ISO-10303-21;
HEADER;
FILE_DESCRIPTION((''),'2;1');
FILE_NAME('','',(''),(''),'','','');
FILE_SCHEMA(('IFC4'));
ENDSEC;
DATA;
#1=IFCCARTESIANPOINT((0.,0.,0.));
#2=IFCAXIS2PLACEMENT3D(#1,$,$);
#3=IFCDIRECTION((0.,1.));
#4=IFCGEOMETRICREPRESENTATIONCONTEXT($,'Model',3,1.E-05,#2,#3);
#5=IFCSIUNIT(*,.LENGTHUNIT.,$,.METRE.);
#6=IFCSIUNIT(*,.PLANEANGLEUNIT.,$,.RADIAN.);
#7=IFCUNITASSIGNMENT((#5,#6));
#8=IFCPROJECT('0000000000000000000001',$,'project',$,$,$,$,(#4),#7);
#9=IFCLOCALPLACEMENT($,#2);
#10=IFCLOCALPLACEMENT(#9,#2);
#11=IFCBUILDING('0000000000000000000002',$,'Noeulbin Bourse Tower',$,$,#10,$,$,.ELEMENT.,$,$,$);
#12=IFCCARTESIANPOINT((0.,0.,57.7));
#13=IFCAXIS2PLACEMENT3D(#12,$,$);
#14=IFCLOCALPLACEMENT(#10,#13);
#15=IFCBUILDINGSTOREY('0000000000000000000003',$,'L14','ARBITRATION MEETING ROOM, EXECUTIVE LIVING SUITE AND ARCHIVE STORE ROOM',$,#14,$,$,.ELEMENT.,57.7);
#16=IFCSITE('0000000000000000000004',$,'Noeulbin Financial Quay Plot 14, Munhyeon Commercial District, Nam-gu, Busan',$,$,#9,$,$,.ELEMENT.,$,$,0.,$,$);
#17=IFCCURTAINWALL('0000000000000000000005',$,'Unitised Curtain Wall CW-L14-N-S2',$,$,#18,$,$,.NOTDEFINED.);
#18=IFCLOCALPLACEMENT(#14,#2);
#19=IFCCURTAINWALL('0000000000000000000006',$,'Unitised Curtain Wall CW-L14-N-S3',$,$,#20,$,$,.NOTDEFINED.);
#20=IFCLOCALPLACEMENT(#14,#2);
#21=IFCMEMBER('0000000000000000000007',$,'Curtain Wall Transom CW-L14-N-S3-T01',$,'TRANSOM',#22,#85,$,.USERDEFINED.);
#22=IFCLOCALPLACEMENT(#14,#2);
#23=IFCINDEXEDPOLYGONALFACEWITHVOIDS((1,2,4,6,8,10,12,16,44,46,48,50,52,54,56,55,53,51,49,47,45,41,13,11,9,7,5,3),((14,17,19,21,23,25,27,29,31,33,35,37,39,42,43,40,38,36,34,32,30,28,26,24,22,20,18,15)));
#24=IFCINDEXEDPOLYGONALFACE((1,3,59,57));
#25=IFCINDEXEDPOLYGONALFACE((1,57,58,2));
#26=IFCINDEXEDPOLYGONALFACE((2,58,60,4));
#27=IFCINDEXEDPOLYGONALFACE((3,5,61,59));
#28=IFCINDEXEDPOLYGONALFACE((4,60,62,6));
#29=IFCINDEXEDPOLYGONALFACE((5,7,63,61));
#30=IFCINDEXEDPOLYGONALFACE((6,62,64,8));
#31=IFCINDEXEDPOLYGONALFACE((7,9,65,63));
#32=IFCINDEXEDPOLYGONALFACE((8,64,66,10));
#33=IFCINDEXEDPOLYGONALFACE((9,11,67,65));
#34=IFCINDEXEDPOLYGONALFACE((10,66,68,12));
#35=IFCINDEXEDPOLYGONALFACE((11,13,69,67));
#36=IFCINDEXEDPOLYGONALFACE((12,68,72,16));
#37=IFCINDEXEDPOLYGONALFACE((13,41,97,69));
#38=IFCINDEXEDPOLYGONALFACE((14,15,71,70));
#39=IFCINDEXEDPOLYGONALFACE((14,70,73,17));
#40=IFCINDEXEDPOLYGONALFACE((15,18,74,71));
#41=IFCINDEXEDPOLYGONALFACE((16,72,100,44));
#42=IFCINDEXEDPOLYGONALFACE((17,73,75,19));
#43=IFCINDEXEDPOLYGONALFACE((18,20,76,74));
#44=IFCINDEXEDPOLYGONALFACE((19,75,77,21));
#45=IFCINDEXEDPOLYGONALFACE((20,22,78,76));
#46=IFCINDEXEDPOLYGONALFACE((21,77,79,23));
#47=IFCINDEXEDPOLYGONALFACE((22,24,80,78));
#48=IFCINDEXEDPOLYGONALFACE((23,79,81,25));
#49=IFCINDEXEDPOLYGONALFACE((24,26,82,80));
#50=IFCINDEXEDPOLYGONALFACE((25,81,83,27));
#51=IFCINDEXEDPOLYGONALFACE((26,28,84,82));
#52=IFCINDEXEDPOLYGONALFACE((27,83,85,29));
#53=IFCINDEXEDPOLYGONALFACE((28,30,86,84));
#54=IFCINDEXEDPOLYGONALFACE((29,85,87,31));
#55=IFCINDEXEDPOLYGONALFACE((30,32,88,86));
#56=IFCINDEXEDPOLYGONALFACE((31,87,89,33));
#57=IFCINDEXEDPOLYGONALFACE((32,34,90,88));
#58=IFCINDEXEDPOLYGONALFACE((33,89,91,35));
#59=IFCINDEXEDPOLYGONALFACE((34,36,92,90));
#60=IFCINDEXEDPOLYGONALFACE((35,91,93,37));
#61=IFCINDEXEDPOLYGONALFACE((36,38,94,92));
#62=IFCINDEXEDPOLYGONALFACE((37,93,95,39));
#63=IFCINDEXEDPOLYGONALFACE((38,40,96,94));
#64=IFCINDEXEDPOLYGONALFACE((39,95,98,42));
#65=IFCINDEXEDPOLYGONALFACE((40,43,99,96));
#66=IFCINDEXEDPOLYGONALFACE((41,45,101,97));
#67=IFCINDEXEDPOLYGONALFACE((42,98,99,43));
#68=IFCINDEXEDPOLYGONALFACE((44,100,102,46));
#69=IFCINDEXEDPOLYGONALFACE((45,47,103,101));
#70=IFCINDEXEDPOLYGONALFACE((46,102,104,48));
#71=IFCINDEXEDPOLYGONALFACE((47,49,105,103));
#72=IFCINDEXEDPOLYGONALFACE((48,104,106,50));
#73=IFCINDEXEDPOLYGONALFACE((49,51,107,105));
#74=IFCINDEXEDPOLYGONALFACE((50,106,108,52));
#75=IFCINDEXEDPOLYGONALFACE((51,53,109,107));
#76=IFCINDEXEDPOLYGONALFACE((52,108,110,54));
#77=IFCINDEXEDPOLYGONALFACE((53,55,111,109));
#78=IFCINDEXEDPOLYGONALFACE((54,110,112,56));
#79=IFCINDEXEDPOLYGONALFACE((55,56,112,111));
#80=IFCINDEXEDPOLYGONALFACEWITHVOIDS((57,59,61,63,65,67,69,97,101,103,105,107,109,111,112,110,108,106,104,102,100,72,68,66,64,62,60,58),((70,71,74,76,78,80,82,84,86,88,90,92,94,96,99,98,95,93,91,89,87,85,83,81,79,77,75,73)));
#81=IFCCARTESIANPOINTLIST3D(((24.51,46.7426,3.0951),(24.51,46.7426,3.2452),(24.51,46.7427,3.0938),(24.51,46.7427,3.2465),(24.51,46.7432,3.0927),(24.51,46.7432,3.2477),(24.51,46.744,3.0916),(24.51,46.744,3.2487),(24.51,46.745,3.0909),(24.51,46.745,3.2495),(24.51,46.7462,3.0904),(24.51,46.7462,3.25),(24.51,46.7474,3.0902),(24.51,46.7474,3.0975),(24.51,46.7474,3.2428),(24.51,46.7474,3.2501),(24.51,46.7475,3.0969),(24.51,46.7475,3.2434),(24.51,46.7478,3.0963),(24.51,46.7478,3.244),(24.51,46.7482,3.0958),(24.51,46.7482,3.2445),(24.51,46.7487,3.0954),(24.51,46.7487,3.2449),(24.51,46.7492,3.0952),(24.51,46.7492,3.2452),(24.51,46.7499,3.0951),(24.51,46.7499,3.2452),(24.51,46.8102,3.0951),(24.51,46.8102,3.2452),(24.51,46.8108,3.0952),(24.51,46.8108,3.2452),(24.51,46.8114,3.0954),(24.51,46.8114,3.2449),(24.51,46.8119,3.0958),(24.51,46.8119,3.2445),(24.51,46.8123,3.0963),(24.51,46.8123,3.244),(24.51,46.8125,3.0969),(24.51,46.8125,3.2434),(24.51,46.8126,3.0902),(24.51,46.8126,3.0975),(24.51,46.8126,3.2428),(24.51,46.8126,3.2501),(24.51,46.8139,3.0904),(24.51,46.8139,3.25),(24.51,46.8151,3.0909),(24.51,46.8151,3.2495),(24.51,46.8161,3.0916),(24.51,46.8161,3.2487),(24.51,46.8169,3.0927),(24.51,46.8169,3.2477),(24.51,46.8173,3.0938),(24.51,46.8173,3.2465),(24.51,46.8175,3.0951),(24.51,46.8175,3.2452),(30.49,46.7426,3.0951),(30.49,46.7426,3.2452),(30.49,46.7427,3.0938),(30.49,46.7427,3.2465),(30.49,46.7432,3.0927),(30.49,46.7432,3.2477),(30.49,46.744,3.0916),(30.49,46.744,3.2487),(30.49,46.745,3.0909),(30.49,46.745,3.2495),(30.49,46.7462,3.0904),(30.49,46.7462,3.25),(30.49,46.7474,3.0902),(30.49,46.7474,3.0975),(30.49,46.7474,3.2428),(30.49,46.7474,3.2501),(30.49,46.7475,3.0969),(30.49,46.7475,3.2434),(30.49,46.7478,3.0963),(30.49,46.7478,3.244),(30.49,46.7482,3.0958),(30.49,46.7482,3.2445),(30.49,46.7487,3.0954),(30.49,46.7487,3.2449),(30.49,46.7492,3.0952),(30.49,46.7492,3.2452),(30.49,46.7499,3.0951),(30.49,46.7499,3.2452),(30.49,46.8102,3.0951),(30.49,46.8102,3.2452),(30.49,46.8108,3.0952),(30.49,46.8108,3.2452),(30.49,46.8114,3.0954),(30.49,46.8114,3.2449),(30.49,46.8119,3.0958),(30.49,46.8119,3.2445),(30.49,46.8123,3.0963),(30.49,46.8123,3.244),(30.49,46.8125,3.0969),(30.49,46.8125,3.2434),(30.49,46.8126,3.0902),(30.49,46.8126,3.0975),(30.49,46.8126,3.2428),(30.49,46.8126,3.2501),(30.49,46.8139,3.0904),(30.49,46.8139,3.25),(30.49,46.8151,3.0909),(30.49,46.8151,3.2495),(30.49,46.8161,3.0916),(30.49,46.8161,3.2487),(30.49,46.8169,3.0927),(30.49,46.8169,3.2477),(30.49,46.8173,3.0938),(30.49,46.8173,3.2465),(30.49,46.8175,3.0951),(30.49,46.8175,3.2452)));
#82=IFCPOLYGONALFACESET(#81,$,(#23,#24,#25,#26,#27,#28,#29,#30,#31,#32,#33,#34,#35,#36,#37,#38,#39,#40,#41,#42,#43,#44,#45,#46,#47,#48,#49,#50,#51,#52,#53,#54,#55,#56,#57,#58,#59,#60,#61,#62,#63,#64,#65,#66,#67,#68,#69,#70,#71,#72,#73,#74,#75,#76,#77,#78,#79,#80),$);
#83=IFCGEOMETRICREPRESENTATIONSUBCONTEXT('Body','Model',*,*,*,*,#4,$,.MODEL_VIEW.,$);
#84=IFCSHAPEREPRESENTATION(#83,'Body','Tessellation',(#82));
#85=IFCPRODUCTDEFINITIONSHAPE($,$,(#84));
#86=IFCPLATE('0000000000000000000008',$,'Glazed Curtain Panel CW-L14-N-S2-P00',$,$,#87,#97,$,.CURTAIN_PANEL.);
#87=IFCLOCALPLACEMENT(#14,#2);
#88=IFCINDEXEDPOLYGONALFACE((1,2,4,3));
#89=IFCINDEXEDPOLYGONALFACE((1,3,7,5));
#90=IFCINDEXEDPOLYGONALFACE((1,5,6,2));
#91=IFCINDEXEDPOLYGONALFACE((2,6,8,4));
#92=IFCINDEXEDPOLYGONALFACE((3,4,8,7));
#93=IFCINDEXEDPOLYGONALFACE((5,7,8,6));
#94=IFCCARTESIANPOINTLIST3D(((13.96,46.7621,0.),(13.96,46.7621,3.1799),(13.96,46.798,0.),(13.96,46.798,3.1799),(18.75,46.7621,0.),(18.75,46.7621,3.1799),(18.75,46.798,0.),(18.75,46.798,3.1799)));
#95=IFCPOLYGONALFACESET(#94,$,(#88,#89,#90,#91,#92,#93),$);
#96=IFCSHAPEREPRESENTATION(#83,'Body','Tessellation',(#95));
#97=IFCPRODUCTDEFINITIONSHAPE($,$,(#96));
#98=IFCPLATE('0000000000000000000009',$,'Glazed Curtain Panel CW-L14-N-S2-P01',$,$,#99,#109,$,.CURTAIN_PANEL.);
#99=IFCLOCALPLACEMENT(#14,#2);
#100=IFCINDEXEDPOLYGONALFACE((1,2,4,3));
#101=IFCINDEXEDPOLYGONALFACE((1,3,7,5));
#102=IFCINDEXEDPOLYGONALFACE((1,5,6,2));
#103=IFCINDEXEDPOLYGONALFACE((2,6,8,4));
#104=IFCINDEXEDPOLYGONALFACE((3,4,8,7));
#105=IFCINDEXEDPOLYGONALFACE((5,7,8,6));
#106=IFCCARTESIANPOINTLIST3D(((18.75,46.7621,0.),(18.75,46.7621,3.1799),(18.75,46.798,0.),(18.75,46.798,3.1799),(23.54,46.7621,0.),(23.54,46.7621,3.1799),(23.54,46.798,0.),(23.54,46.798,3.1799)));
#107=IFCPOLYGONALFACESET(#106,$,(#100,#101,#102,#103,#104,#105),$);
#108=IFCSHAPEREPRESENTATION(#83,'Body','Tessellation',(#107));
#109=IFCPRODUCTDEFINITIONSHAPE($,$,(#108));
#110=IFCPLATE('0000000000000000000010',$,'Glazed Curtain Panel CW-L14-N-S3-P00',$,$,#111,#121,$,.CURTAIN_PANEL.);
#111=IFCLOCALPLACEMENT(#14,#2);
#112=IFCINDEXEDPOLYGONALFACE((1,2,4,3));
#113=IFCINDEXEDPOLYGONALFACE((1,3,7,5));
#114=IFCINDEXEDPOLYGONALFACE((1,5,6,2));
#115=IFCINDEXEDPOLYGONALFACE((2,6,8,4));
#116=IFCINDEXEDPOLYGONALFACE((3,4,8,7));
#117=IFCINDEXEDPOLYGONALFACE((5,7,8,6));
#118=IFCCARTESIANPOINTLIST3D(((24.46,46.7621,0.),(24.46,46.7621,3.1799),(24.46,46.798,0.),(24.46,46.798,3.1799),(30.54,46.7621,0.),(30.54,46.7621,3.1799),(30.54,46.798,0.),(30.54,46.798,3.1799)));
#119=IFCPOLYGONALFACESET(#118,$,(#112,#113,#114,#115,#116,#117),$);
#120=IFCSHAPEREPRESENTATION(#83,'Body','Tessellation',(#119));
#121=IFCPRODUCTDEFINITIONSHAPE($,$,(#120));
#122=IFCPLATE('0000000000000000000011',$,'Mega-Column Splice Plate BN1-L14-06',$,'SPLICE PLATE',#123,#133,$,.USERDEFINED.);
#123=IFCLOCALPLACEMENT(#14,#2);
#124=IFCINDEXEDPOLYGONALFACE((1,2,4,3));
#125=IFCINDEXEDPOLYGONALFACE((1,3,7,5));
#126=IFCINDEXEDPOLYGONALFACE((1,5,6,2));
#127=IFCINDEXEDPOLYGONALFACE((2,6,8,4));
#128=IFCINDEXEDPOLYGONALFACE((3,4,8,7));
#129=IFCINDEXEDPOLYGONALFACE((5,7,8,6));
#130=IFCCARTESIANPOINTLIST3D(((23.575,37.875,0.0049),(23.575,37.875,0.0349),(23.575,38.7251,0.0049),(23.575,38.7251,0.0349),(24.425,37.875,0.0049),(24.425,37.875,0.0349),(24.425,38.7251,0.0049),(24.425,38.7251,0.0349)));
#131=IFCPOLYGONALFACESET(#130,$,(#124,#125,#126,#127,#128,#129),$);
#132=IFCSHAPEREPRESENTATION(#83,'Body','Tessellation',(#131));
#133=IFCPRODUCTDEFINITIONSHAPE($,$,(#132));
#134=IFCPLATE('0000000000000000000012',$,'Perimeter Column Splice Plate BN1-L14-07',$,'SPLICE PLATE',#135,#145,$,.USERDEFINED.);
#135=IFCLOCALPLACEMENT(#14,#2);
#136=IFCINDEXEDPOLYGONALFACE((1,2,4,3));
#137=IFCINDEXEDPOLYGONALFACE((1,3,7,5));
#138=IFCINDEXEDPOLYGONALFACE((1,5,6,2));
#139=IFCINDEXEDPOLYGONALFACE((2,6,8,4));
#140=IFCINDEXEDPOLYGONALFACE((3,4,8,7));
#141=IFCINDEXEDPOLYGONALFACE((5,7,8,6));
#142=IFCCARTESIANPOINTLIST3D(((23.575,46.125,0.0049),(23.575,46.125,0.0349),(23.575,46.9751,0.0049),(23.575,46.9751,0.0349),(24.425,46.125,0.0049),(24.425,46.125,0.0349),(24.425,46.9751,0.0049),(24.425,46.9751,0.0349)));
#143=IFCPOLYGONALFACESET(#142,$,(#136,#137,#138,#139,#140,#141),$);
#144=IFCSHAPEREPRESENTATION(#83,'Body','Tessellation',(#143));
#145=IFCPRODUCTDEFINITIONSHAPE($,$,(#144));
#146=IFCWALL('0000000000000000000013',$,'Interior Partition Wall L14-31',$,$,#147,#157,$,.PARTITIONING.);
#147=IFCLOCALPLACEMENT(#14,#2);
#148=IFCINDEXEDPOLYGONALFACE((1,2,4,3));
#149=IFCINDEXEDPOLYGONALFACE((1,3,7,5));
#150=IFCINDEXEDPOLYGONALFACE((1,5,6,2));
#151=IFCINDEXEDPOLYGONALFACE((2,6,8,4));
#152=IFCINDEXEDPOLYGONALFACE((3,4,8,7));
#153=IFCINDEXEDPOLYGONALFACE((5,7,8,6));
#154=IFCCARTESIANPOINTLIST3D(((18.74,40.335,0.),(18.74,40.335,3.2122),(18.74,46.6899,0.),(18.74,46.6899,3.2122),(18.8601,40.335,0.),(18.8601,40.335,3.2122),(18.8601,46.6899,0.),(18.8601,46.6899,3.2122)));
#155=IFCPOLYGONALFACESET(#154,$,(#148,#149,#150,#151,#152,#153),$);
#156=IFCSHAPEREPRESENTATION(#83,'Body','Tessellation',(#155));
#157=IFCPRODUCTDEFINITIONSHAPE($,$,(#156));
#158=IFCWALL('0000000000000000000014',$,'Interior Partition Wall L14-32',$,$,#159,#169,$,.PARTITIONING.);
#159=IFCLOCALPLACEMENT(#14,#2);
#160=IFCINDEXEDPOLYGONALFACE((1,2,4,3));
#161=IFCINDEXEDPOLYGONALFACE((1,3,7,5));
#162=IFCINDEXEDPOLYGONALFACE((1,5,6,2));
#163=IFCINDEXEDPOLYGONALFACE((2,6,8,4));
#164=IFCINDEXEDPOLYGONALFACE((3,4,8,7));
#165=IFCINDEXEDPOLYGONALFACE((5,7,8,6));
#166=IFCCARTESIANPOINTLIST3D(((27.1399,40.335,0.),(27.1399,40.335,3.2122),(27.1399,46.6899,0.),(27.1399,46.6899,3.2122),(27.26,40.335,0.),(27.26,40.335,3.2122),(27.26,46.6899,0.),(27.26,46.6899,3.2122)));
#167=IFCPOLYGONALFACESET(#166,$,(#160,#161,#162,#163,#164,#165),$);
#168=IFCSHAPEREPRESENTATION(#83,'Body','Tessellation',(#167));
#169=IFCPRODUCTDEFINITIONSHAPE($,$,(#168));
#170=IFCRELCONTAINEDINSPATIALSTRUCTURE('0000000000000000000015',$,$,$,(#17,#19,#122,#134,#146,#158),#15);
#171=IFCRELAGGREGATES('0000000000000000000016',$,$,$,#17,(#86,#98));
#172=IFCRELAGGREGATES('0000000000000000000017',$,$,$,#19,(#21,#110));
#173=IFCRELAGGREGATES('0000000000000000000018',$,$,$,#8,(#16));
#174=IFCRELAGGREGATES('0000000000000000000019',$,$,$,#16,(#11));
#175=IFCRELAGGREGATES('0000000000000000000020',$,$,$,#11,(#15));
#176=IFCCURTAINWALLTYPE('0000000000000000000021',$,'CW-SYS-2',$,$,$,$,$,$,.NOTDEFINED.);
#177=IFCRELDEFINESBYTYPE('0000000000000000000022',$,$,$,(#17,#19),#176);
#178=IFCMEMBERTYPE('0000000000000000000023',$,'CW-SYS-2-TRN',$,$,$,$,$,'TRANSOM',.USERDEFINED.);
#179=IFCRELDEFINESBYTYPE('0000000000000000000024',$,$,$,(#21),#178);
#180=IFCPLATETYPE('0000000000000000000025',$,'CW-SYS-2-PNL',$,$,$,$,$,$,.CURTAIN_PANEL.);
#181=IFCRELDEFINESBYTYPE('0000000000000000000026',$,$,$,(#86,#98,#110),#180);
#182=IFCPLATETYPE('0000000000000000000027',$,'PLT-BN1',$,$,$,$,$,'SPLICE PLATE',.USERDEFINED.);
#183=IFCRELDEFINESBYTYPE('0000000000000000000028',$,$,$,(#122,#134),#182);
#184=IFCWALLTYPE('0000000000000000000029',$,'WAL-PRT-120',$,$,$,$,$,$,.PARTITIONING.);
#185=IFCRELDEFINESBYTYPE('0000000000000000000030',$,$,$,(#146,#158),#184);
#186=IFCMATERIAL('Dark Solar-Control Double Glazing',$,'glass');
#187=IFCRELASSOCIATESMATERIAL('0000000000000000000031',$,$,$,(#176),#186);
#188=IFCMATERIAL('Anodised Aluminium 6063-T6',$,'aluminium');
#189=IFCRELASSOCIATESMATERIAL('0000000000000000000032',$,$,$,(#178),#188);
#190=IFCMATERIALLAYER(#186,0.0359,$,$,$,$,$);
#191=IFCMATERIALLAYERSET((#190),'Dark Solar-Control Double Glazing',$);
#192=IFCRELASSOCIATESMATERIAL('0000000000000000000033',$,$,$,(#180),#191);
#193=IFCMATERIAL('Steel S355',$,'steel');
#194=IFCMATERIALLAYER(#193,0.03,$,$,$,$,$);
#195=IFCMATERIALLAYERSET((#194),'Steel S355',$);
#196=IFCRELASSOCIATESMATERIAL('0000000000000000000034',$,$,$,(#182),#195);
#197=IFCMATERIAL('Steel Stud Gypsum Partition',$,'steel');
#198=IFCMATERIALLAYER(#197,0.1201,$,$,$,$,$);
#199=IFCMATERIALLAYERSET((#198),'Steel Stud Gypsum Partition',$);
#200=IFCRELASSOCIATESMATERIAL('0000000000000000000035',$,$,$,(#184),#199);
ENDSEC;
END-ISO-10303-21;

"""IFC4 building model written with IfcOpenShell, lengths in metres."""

from ifc_helpers import new_model, si_unit, direction, frame, frame_2d, origin, origin_2d, place, context, subcontext, project, spatial, rectangle, hollow_rectangle, extrude, material, layer, layer_set, material_profile, profile_set, type_object, element, aggregate, save


model = new_model("IFC4")

# Units and contexts
model_context = context("Model", 3, precision=1e-05, world=origin(), true_north=direction((0.0, 1.0)))
body_context = subcontext(model_context, "Body", "Model", "MODEL_VIEW")
ifc_project = project(units=[si_unit("LENGTHUNIT", "METRE"), si_unit("PLANEANGLEUNIT", "RADIAN")], contexts=[model_context])

# Site, building, storey
site_placement = place(None, origin())
site = spatial("IfcSite", under=ifc_project, at=site_placement, Name="Noeulbin Financial Quay Plot 14, Munhyeon Commercial District, Nam-gu, Busan", CompositionType="ELEMENT", RefElevation=0.0)
building_placement = place(site_placement, origin())
building = spatial("IfcBuilding", under=site, at=building_placement, Name="Noeulbin Bourse Tower", CompositionType="ELEMENT")
storey_placement = place(building_placement, frame((0.0, 0.0, 57.7)))
storey = spatial("IfcBuildingStorey", under=building, at=storey_placement, Name="L14", Description="ARBITRATION MEETING ROOM, EXECUTIVE LIVING SUITE AND ARCHIVE STORE ROOM", CompositionType="ELEMENT", Elevation=57.7)

# Shared definitions
ifc_material_1 = material(Name="Steel S355", Category="steel")

# Curtain walls, member
ifc_material_2 = material(Name="Dark Solar-Control Double Glazing", Category="glass")
curtain_wall_type = type_object("IfcCurtainWallType", Name="CW-SYS-2", PredefinedType="NOTDEFINED", material=ifc_material_2)
curtain_wall_1_placement = place(storey_placement, origin())
curtain_wall_1 = element("IfcCurtainWall", 1, at=curtain_wall_1_placement, inside=storey, type_object=curtain_wall_type, Name="Unitised Curtain Wall CW-L14-N-S2", PredefinedType="NOTDEFINED")
ifc_material_3 = material(Name="Anodised Aluminium 6063-T6", Category="aluminium")
curtain_wall_2_placement = place(storey_placement, origin())
curtain_wall_2 = element("IfcCurtainWall", 2, at=curtain_wall_2_placement, inside=storey, type_object=curtain_wall_type, Name="Unitised Curtain Wall CW-L14-N-S3", PredefinedType="NOTDEFINED")
ifc_material_profile_1 = material_profile(ifc_material_3, hollow_rectangle(XDim=0.075, YDim=0.1599, WallThickness=0.0049, InnerFilletRadius=0.0024, OuterFilletRadius=0.0049, at=origin_2d()), Name="ALU-TRAN-75x160x5", Category="LoadBearing")
ifc_profile_set_1 = profile_set([ifc_material_profile_1], Name="Anodised Aluminium 6063-T6")
member_type_1 = type_object("IfcMemberType", Name="CW-SYS-2-TRN", ElementType="TRANSOM", PredefinedType="USERDEFINED", material=ifc_profile_set_1)
member_1_placement = place(storey_placement, frame((24.51, 46.78, 3.1702), z_axis=(1.0, 0.0, 0.0), x_axis=(0.0, 1.0, 0.0)))
member_1 = element("IfcMember", 3, at=member_1_placement, type_object=member_type_1, Name="Curtain Wall Transom CW-L14-N-S3-T01", ObjectType="TRANSOM", PredefinedType="USERDEFINED", context=body_context, shape_type="SweptSolid", body=[
    extrude(hollow_rectangle(XDim=0.075, YDim=0.1599, WallThickness=0.0049, InnerFilletRadius=0.0024, OuterFilletRadius=0.0049, at=origin_2d()), origin(), (0.0, 0.0, 1.0), 5.98),
])

# Plates
ifc_layer_1 = layer(ifc_material_2, 0.0359)
ifc_layer_set_1 = layer_set([ifc_layer_1], Name="Dark Solar-Control Double Glazing")
plate_type_1 = type_object("IfcPlateType", Name="CW-SYS-2-PNL", PredefinedType="CURTAIN_PANEL", material=ifc_layer_set_1)
plate_1_placement = place(storey_placement, frame((16.355, 46.78, 0.0), z_axis=(0.0, 0.0, 1.0), x_axis=(1.0, 0.0, 0.0)))
plate_1 = element("IfcPlate", 4, at=plate_1_placement, type_object=plate_type_1, Name="Glazed Curtain Panel CW-L14-N-S2-P00", PredefinedType="CURTAIN_PANEL", context=body_context, shape_type="SweptSolid", body=[
    extrude(rectangle(XDim=4.79, YDim=0.0359, at=origin_2d()), origin(), (0.0, 0.0, 1.0), 3.1799),
])
plate_2_placement = place(storey_placement, frame((21.145, 46.78, 0.0), z_axis=(0.0, 0.0, 1.0), x_axis=(1.0, 0.0, 0.0)))
plate_2 = element("IfcPlate", 5, at=plate_2_placement, type_object=plate_type_1, Name="Glazed Curtain Panel CW-L14-N-S2-P01", PredefinedType="CURTAIN_PANEL", context=body_context, shape_type="SweptSolid", body=[
    extrude(rectangle(XDim=4.79, YDim=0.0359, at=origin_2d()), origin(), (0.0, 0.0, 1.0), 3.1799),
])
aggregate(curtain_wall_1, [plate_1, plate_2])
plate_3_placement = place(storey_placement, frame((27.5, 46.78, 0.0), z_axis=(0.0, 0.0, 1.0), x_axis=(1.0, 0.0, 0.0)))
plate_3 = element("IfcPlate", 6, at=plate_3_placement, type_object=plate_type_1, Name="Glazed Curtain Panel CW-L14-N-S3-P00", PredefinedType="CURTAIN_PANEL", context=body_context, shape_type="SweptSolid", body=[
    extrude(rectangle(XDim=6.0801, YDim=0.0359, at=origin_2d()), origin(), (0.0, 0.0, 1.0), 3.1799),
])
aggregate(curtain_wall_2, [member_1, plate_3])

# Plates
ifc_layer_2 = layer(ifc_material_1, 0.03)
ifc_layer_set_2 = layer_set([ifc_layer_2], Name="Steel S355")
plate_type_2 = type_object("IfcPlateType", Name="PLT-BN1", ElementType="SPLICE PLATE", PredefinedType="USERDEFINED", material=ifc_layer_set_2)
for number, where, z_axis, x_axis, name in (
    (7, (24.0, 38.3, 0.0049), (0.0, 0.0, 1.0), (1.0, 0.0, 0.0), "Mega-Column Splice Plate BN1-L14-06"),
    (8, (24.0, 46.55, 0.0049), (0.0, 0.0, 1.0), (1.0, 0.0, 0.0), "Perimeter Column Splice Plate BN1-L14-07"),
):
    element("IfcPlate", number, at=place(storey_placement, frame(where, z_axis=z_axis, x_axis=x_axis)), inside=storey, type_object=plate_type_2, Name=name, ObjectType="SPLICE PLATE", PredefinedType="USERDEFINED", context=body_context, shape_type="SweptSolid", body=[
        extrude(rectangle(XDim=0.8501, YDim=0.8501, at=origin_2d()), origin(), (0.0, 0.0, 1.0), 0.03),
    ])

# Walls
ifc_material_4 = material(Name="Steel Stud Gypsum Partition", Category="steel")
ifc_layer_3 = layer(ifc_material_4, 0.1201)
ifc_layer_set_3 = layer_set([ifc_layer_3], Name="Steel Stud Gypsum Partition")
wall_type = type_object("IfcWallType", Name="WAL-PRT-120", PredefinedType="PARTITIONING", material=ifc_layer_set_3)
for number, where, z_axis, x_axis, name in (
    (9, (18.8, 40.335, 0.0), (0.0, 0.0, 1.0), (0.0, 1.0, 0.0), "Interior Partition Wall L14-31"),
    (10, (27.2, 40.335, 0.0), (0.0, 0.0, 1.0), (0.0, 1.0, 0.0), "Interior Partition Wall L14-32"),
):
    element("IfcWall", number, at=place(storey_placement, frame(where, z_axis=z_axis, x_axis=x_axis)), inside=storey, type_object=wall_type, Name=name, PredefinedType="PARTITIONING", context=body_context, shape_type="SweptSolid", body=[
        extrude(rectangle(XDim=6.355, YDim=0.1201, at=frame_2d((3.1775, 0.0))), origin(), (0.0, 0.0, 1.0), 3.2122),
    ])

save(model, "model.ifc")
